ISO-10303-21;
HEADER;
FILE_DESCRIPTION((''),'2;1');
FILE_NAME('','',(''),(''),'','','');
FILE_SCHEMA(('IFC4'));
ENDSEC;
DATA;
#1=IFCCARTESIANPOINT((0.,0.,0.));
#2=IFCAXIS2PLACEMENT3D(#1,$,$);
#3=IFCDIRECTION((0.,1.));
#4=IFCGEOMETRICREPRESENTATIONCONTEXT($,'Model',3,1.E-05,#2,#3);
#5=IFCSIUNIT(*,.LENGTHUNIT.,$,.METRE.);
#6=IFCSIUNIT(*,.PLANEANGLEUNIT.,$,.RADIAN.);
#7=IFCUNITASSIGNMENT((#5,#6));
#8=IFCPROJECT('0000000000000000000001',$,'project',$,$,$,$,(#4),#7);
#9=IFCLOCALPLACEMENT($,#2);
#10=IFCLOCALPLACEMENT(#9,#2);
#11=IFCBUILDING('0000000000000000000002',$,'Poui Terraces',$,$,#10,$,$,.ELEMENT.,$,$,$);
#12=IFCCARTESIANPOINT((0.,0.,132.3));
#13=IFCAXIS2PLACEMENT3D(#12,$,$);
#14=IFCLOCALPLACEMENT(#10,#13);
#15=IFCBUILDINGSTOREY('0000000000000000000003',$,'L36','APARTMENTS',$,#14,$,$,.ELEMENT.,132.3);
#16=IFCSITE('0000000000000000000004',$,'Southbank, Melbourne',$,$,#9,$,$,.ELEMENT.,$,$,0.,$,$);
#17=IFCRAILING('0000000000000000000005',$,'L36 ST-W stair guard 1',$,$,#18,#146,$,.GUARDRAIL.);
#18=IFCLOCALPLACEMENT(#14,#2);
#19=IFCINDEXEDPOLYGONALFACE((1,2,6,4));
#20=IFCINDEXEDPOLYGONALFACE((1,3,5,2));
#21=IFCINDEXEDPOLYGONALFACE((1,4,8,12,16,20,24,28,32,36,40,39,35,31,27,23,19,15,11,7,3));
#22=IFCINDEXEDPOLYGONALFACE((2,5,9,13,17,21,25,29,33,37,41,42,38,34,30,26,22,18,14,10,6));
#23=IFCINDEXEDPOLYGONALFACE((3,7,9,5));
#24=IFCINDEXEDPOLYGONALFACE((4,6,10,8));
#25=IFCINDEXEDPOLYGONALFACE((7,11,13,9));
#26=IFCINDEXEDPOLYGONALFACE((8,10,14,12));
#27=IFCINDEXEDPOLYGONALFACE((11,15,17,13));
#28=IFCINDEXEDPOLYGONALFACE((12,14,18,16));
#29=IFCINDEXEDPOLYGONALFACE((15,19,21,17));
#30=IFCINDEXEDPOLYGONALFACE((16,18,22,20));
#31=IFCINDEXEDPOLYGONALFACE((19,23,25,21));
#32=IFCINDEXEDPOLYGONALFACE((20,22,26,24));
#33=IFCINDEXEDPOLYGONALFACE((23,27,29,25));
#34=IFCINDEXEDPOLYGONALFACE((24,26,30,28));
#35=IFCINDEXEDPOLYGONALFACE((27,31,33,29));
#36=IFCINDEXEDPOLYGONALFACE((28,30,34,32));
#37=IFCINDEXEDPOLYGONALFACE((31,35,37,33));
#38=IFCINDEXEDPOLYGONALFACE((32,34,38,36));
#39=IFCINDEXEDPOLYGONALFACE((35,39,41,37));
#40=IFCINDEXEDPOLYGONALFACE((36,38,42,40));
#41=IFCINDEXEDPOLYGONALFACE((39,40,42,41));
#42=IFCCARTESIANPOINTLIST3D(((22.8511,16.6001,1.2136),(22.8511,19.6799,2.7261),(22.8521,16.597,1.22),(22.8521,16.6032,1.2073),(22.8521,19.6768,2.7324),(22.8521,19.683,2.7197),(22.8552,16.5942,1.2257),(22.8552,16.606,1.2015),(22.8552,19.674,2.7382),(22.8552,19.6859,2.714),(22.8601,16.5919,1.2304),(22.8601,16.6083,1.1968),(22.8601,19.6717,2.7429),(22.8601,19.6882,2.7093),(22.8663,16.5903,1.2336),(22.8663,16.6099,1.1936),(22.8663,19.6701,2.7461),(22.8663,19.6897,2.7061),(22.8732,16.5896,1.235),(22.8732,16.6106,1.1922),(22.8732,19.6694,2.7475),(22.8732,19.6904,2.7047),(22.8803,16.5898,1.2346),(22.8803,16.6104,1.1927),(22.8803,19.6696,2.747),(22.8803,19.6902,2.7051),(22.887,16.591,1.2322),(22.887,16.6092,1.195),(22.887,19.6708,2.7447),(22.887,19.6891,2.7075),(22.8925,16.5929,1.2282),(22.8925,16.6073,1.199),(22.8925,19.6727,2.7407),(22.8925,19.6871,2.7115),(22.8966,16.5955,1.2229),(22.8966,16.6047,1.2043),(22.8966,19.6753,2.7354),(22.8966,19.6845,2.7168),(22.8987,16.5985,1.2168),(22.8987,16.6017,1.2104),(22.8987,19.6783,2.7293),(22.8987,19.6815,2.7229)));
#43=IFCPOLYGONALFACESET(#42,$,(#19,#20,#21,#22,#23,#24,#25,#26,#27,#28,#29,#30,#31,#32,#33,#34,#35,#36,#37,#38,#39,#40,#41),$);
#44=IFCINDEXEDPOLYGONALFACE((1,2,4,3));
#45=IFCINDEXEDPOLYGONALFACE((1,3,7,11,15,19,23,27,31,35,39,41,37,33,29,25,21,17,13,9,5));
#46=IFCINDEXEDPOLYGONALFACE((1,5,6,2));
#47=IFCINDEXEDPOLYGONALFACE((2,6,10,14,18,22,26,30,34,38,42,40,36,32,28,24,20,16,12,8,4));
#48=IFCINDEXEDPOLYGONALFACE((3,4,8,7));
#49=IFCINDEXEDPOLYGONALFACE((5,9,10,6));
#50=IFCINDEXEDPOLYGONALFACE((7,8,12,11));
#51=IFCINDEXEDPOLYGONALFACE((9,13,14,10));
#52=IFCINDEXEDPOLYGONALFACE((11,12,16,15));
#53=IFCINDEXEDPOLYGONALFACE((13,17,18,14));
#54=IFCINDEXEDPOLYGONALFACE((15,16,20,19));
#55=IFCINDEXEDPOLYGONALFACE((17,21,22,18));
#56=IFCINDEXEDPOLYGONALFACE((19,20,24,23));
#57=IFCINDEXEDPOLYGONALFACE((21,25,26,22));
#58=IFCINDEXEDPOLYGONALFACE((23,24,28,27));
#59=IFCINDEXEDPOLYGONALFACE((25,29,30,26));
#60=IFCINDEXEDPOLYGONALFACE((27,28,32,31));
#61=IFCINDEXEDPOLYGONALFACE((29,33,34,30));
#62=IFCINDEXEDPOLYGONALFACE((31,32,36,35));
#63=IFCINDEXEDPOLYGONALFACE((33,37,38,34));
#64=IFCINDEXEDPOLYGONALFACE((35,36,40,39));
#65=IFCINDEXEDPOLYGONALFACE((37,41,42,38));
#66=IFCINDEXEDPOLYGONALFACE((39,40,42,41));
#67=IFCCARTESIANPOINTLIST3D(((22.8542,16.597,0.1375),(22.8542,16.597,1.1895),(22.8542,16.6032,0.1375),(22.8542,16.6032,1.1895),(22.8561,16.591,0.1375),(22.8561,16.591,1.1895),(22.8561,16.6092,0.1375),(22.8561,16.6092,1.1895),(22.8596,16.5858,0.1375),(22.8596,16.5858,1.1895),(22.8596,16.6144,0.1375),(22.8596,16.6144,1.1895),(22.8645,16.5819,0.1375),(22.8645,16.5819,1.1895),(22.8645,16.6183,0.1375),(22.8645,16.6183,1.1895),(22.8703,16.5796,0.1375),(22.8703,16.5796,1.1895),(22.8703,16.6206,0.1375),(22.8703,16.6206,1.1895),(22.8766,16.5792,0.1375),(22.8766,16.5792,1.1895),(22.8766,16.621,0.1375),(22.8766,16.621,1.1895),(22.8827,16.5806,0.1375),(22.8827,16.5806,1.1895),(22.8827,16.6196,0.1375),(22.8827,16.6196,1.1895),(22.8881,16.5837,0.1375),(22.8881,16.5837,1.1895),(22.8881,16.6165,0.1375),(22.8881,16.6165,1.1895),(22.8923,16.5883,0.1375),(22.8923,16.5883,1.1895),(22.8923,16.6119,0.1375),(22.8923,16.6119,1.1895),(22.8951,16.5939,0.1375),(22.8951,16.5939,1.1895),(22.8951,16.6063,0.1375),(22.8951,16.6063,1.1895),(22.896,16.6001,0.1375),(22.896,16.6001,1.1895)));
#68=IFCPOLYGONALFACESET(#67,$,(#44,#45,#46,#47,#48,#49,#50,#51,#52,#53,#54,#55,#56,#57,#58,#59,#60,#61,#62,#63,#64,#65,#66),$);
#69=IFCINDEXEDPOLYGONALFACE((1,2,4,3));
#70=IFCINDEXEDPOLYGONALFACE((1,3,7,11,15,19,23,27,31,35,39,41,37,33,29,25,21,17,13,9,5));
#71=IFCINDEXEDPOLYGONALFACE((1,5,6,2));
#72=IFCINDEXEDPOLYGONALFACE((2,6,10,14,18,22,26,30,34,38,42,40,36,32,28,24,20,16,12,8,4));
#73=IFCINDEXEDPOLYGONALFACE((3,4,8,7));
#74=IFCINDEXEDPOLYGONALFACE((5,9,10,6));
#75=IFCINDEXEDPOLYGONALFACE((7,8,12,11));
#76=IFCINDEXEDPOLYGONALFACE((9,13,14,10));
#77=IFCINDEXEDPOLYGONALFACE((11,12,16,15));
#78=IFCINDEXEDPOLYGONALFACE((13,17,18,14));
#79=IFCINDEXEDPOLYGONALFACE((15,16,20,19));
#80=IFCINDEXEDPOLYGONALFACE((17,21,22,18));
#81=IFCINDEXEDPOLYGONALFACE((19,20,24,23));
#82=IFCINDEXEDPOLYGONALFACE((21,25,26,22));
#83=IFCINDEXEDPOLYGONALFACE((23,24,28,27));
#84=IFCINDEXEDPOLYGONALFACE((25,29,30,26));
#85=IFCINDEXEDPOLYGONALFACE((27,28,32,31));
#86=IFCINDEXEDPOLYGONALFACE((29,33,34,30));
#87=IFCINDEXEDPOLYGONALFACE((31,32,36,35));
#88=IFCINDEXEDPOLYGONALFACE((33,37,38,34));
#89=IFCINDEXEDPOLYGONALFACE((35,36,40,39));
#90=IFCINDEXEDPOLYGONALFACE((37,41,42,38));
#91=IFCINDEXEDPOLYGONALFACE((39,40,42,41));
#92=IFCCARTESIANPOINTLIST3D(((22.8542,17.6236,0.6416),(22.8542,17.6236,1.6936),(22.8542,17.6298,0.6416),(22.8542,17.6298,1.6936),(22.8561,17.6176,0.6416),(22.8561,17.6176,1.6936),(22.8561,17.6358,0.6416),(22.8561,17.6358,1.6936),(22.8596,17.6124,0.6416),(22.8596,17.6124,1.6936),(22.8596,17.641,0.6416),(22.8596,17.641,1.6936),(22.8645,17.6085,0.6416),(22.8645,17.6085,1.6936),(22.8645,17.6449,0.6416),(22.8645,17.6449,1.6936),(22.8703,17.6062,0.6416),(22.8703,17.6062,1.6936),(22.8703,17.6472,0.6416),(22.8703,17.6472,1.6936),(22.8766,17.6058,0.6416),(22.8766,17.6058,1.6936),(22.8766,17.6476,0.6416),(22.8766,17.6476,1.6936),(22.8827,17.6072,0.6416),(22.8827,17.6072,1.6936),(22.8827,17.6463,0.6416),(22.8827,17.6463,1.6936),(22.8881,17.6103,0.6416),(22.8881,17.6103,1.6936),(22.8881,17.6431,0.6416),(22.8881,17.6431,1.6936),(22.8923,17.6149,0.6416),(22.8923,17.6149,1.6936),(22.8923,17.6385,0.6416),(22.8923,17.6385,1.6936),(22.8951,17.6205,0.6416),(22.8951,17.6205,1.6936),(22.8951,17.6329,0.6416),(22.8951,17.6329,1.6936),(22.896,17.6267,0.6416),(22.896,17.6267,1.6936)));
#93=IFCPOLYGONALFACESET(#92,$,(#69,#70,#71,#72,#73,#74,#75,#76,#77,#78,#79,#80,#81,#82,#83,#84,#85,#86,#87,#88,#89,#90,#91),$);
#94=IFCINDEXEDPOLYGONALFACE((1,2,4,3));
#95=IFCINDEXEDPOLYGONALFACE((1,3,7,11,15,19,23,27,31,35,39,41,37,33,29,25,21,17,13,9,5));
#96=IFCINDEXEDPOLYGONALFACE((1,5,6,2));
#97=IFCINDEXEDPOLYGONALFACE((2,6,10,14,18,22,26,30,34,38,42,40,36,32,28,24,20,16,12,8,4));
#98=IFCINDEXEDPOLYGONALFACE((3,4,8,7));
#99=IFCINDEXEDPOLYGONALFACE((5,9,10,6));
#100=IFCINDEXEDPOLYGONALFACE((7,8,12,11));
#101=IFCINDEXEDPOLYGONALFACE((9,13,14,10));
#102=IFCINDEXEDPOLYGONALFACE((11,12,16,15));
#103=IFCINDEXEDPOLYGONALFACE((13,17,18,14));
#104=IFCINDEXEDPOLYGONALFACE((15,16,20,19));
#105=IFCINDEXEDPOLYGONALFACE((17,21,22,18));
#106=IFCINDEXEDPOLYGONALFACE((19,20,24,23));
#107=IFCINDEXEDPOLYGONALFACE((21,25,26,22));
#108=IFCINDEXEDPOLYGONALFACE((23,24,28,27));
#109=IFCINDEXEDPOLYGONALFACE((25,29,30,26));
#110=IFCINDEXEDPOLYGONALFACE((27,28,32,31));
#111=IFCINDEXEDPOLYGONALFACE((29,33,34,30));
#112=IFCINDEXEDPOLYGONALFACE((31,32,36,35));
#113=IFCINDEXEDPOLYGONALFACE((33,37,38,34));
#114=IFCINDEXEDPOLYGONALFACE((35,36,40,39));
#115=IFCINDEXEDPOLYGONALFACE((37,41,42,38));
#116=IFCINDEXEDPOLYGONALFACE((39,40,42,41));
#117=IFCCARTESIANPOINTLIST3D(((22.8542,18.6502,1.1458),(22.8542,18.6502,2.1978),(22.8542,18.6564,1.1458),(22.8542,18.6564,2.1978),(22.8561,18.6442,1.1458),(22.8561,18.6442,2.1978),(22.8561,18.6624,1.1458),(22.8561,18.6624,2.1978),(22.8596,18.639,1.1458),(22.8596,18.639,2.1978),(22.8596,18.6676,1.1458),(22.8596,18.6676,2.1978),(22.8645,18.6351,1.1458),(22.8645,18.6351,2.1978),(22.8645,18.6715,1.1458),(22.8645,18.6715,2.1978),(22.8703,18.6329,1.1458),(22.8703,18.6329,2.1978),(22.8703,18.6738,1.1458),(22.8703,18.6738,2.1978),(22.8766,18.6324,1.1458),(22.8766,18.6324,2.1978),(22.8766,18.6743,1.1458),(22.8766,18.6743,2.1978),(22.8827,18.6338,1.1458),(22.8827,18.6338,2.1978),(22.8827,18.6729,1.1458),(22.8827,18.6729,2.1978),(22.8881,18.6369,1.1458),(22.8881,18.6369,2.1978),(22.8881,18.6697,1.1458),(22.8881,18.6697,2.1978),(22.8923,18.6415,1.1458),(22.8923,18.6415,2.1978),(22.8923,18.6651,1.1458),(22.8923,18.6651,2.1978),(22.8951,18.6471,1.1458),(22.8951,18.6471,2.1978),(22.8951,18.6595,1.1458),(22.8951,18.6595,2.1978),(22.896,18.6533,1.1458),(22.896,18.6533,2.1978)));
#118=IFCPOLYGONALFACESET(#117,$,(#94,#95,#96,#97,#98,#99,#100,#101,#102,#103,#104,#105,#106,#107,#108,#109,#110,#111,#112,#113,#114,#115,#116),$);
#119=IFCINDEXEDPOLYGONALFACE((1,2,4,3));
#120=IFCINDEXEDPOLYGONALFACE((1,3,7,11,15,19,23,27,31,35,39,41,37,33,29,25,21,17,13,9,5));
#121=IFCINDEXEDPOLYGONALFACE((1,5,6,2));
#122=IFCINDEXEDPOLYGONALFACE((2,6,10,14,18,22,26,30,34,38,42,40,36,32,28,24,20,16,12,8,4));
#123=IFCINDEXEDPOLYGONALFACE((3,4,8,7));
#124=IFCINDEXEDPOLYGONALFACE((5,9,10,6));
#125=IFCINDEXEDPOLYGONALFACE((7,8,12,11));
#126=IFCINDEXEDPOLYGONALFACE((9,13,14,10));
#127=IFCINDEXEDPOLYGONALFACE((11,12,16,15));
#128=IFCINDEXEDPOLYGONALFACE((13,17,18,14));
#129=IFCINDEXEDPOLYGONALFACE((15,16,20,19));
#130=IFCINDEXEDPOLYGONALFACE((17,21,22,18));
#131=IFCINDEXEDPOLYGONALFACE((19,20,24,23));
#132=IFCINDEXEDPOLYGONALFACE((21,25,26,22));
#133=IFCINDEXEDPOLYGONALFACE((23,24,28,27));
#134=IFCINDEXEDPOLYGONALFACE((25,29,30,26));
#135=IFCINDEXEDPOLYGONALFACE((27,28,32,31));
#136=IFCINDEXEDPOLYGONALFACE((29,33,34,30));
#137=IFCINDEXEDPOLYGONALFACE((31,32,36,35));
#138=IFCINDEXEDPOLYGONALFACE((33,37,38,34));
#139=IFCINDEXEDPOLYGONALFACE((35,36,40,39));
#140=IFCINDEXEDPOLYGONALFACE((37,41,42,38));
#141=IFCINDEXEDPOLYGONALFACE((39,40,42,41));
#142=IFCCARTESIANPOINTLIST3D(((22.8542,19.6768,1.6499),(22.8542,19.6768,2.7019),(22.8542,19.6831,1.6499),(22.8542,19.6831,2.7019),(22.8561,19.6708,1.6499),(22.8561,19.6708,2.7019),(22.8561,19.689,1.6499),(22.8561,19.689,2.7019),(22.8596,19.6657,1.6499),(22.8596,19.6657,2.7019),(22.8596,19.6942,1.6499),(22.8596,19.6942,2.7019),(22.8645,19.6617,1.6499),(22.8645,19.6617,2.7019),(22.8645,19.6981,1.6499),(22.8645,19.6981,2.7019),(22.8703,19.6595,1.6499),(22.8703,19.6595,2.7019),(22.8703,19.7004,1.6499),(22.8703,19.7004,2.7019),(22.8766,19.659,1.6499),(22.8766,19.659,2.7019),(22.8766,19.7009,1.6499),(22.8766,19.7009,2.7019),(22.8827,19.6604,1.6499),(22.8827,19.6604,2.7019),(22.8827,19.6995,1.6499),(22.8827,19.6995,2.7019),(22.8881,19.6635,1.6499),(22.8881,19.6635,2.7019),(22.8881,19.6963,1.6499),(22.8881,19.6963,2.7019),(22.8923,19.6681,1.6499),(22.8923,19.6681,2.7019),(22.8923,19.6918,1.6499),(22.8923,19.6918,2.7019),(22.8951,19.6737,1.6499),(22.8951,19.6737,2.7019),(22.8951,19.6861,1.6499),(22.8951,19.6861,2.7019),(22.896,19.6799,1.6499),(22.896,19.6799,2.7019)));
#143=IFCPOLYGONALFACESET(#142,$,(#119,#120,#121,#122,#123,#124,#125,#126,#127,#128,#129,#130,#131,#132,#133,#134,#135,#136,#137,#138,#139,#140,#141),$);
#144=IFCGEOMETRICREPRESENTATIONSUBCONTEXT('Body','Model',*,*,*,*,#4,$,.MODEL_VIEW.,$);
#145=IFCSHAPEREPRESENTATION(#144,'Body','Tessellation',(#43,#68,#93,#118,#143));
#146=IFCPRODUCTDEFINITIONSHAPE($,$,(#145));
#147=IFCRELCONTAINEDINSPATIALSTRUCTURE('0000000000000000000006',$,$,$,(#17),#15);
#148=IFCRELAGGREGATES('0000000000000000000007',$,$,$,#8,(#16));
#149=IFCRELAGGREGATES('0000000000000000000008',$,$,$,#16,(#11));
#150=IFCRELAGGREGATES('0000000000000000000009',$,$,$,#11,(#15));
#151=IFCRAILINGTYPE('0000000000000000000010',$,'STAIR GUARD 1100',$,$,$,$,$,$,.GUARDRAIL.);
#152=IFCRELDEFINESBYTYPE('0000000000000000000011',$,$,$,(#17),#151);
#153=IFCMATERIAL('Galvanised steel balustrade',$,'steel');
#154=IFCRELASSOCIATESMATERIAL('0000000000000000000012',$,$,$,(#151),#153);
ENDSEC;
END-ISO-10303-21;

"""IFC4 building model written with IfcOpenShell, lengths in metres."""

from ifc_helpers import new_model, si_unit, direction, frame, origin, origin_2d, place, context, subcontext, project, spatial, circle, extrude, material, type_object, element, save


model = new_model("IFC4")

# Units and contexts
model_context = context("Model", 3, precision=1e-05, world=origin(), true_north=direction((0.0, 1.0)))
body_context = subcontext(model_context, "Body", "Model", "MODEL_VIEW")
ifc_project = project(units=[si_unit("LENGTHUNIT", "METRE"), si_unit("PLANEANGLEUNIT", "RADIAN")], contexts=[model_context])

# Site, building, storey
site_placement = place(None, origin())
site = spatial("IfcSite", under=ifc_project, at=site_placement, Name="Southbank, Melbourne", CompositionType="ELEMENT", RefElevation=0.0)
building_placement = place(site_placement, origin())
building = spatial("IfcBuilding", under=site, at=building_placement, Name="Poui Terraces", CompositionType="ELEMENT")
storey_placement = place(building_placement, frame((0.0, 0.0, 132.3)))
storey = spatial("IfcBuildingStorey", under=building, at=storey_placement, Name="L36", Description="APARTMENTS", CompositionType="ELEMENT", Elevation=132.3)

# Railing
ifc_material_1 = material(Name="Galvanised steel balustrade", Category="steel")
railing_type_1 = type_object("IfcRailingType", Name="STAIR GUARD 1100", PredefinedType="GUARDRAIL", material=ifc_material_1)
railing_1_placement = place(storey_placement, frame((22.875, 16.6001, 0.1375)))
element("IfcRailing", 1, at=railing_1_placement, inside=storey, type_object=railing_type_1, Name="L36 ST-W stair guard 1", PredefinedType="GUARDRAIL", context=body_context, shape_type="SweptSolid", body=[
    extrude(circle(Radius=0.0239, at=origin_2d()), frame((0.0, 0.0, 1.0762), z_axis=(0.0, 0.897606, 0.440798), x_axis=(-1.0, 0.0, 0.0)), (0.0, 0.0, 1.0), 3.4312),
    extrude(circle(Radius=0.021, at=origin_2d()), origin(), (0.0, 0.0, 1.0), 1.052),
    extrude(circle(Radius=0.021, at=origin_2d()), frame((0.0, 1.0266, 0.5042)), (0.0, 0.0, 1.0), 1.052),
    extrude(circle(Radius=0.021, at=origin_2d()), frame((0.0, 2.0532, 1.0083)), (0.0, 0.0, 1.0), 1.052),
    extrude(circle(Radius=0.021, at=origin_2d()), frame((0.0, 3.0798, 1.5125)), (0.0, 0.0, 1.0), 1.052),
])

save(model, "model.ifc")
